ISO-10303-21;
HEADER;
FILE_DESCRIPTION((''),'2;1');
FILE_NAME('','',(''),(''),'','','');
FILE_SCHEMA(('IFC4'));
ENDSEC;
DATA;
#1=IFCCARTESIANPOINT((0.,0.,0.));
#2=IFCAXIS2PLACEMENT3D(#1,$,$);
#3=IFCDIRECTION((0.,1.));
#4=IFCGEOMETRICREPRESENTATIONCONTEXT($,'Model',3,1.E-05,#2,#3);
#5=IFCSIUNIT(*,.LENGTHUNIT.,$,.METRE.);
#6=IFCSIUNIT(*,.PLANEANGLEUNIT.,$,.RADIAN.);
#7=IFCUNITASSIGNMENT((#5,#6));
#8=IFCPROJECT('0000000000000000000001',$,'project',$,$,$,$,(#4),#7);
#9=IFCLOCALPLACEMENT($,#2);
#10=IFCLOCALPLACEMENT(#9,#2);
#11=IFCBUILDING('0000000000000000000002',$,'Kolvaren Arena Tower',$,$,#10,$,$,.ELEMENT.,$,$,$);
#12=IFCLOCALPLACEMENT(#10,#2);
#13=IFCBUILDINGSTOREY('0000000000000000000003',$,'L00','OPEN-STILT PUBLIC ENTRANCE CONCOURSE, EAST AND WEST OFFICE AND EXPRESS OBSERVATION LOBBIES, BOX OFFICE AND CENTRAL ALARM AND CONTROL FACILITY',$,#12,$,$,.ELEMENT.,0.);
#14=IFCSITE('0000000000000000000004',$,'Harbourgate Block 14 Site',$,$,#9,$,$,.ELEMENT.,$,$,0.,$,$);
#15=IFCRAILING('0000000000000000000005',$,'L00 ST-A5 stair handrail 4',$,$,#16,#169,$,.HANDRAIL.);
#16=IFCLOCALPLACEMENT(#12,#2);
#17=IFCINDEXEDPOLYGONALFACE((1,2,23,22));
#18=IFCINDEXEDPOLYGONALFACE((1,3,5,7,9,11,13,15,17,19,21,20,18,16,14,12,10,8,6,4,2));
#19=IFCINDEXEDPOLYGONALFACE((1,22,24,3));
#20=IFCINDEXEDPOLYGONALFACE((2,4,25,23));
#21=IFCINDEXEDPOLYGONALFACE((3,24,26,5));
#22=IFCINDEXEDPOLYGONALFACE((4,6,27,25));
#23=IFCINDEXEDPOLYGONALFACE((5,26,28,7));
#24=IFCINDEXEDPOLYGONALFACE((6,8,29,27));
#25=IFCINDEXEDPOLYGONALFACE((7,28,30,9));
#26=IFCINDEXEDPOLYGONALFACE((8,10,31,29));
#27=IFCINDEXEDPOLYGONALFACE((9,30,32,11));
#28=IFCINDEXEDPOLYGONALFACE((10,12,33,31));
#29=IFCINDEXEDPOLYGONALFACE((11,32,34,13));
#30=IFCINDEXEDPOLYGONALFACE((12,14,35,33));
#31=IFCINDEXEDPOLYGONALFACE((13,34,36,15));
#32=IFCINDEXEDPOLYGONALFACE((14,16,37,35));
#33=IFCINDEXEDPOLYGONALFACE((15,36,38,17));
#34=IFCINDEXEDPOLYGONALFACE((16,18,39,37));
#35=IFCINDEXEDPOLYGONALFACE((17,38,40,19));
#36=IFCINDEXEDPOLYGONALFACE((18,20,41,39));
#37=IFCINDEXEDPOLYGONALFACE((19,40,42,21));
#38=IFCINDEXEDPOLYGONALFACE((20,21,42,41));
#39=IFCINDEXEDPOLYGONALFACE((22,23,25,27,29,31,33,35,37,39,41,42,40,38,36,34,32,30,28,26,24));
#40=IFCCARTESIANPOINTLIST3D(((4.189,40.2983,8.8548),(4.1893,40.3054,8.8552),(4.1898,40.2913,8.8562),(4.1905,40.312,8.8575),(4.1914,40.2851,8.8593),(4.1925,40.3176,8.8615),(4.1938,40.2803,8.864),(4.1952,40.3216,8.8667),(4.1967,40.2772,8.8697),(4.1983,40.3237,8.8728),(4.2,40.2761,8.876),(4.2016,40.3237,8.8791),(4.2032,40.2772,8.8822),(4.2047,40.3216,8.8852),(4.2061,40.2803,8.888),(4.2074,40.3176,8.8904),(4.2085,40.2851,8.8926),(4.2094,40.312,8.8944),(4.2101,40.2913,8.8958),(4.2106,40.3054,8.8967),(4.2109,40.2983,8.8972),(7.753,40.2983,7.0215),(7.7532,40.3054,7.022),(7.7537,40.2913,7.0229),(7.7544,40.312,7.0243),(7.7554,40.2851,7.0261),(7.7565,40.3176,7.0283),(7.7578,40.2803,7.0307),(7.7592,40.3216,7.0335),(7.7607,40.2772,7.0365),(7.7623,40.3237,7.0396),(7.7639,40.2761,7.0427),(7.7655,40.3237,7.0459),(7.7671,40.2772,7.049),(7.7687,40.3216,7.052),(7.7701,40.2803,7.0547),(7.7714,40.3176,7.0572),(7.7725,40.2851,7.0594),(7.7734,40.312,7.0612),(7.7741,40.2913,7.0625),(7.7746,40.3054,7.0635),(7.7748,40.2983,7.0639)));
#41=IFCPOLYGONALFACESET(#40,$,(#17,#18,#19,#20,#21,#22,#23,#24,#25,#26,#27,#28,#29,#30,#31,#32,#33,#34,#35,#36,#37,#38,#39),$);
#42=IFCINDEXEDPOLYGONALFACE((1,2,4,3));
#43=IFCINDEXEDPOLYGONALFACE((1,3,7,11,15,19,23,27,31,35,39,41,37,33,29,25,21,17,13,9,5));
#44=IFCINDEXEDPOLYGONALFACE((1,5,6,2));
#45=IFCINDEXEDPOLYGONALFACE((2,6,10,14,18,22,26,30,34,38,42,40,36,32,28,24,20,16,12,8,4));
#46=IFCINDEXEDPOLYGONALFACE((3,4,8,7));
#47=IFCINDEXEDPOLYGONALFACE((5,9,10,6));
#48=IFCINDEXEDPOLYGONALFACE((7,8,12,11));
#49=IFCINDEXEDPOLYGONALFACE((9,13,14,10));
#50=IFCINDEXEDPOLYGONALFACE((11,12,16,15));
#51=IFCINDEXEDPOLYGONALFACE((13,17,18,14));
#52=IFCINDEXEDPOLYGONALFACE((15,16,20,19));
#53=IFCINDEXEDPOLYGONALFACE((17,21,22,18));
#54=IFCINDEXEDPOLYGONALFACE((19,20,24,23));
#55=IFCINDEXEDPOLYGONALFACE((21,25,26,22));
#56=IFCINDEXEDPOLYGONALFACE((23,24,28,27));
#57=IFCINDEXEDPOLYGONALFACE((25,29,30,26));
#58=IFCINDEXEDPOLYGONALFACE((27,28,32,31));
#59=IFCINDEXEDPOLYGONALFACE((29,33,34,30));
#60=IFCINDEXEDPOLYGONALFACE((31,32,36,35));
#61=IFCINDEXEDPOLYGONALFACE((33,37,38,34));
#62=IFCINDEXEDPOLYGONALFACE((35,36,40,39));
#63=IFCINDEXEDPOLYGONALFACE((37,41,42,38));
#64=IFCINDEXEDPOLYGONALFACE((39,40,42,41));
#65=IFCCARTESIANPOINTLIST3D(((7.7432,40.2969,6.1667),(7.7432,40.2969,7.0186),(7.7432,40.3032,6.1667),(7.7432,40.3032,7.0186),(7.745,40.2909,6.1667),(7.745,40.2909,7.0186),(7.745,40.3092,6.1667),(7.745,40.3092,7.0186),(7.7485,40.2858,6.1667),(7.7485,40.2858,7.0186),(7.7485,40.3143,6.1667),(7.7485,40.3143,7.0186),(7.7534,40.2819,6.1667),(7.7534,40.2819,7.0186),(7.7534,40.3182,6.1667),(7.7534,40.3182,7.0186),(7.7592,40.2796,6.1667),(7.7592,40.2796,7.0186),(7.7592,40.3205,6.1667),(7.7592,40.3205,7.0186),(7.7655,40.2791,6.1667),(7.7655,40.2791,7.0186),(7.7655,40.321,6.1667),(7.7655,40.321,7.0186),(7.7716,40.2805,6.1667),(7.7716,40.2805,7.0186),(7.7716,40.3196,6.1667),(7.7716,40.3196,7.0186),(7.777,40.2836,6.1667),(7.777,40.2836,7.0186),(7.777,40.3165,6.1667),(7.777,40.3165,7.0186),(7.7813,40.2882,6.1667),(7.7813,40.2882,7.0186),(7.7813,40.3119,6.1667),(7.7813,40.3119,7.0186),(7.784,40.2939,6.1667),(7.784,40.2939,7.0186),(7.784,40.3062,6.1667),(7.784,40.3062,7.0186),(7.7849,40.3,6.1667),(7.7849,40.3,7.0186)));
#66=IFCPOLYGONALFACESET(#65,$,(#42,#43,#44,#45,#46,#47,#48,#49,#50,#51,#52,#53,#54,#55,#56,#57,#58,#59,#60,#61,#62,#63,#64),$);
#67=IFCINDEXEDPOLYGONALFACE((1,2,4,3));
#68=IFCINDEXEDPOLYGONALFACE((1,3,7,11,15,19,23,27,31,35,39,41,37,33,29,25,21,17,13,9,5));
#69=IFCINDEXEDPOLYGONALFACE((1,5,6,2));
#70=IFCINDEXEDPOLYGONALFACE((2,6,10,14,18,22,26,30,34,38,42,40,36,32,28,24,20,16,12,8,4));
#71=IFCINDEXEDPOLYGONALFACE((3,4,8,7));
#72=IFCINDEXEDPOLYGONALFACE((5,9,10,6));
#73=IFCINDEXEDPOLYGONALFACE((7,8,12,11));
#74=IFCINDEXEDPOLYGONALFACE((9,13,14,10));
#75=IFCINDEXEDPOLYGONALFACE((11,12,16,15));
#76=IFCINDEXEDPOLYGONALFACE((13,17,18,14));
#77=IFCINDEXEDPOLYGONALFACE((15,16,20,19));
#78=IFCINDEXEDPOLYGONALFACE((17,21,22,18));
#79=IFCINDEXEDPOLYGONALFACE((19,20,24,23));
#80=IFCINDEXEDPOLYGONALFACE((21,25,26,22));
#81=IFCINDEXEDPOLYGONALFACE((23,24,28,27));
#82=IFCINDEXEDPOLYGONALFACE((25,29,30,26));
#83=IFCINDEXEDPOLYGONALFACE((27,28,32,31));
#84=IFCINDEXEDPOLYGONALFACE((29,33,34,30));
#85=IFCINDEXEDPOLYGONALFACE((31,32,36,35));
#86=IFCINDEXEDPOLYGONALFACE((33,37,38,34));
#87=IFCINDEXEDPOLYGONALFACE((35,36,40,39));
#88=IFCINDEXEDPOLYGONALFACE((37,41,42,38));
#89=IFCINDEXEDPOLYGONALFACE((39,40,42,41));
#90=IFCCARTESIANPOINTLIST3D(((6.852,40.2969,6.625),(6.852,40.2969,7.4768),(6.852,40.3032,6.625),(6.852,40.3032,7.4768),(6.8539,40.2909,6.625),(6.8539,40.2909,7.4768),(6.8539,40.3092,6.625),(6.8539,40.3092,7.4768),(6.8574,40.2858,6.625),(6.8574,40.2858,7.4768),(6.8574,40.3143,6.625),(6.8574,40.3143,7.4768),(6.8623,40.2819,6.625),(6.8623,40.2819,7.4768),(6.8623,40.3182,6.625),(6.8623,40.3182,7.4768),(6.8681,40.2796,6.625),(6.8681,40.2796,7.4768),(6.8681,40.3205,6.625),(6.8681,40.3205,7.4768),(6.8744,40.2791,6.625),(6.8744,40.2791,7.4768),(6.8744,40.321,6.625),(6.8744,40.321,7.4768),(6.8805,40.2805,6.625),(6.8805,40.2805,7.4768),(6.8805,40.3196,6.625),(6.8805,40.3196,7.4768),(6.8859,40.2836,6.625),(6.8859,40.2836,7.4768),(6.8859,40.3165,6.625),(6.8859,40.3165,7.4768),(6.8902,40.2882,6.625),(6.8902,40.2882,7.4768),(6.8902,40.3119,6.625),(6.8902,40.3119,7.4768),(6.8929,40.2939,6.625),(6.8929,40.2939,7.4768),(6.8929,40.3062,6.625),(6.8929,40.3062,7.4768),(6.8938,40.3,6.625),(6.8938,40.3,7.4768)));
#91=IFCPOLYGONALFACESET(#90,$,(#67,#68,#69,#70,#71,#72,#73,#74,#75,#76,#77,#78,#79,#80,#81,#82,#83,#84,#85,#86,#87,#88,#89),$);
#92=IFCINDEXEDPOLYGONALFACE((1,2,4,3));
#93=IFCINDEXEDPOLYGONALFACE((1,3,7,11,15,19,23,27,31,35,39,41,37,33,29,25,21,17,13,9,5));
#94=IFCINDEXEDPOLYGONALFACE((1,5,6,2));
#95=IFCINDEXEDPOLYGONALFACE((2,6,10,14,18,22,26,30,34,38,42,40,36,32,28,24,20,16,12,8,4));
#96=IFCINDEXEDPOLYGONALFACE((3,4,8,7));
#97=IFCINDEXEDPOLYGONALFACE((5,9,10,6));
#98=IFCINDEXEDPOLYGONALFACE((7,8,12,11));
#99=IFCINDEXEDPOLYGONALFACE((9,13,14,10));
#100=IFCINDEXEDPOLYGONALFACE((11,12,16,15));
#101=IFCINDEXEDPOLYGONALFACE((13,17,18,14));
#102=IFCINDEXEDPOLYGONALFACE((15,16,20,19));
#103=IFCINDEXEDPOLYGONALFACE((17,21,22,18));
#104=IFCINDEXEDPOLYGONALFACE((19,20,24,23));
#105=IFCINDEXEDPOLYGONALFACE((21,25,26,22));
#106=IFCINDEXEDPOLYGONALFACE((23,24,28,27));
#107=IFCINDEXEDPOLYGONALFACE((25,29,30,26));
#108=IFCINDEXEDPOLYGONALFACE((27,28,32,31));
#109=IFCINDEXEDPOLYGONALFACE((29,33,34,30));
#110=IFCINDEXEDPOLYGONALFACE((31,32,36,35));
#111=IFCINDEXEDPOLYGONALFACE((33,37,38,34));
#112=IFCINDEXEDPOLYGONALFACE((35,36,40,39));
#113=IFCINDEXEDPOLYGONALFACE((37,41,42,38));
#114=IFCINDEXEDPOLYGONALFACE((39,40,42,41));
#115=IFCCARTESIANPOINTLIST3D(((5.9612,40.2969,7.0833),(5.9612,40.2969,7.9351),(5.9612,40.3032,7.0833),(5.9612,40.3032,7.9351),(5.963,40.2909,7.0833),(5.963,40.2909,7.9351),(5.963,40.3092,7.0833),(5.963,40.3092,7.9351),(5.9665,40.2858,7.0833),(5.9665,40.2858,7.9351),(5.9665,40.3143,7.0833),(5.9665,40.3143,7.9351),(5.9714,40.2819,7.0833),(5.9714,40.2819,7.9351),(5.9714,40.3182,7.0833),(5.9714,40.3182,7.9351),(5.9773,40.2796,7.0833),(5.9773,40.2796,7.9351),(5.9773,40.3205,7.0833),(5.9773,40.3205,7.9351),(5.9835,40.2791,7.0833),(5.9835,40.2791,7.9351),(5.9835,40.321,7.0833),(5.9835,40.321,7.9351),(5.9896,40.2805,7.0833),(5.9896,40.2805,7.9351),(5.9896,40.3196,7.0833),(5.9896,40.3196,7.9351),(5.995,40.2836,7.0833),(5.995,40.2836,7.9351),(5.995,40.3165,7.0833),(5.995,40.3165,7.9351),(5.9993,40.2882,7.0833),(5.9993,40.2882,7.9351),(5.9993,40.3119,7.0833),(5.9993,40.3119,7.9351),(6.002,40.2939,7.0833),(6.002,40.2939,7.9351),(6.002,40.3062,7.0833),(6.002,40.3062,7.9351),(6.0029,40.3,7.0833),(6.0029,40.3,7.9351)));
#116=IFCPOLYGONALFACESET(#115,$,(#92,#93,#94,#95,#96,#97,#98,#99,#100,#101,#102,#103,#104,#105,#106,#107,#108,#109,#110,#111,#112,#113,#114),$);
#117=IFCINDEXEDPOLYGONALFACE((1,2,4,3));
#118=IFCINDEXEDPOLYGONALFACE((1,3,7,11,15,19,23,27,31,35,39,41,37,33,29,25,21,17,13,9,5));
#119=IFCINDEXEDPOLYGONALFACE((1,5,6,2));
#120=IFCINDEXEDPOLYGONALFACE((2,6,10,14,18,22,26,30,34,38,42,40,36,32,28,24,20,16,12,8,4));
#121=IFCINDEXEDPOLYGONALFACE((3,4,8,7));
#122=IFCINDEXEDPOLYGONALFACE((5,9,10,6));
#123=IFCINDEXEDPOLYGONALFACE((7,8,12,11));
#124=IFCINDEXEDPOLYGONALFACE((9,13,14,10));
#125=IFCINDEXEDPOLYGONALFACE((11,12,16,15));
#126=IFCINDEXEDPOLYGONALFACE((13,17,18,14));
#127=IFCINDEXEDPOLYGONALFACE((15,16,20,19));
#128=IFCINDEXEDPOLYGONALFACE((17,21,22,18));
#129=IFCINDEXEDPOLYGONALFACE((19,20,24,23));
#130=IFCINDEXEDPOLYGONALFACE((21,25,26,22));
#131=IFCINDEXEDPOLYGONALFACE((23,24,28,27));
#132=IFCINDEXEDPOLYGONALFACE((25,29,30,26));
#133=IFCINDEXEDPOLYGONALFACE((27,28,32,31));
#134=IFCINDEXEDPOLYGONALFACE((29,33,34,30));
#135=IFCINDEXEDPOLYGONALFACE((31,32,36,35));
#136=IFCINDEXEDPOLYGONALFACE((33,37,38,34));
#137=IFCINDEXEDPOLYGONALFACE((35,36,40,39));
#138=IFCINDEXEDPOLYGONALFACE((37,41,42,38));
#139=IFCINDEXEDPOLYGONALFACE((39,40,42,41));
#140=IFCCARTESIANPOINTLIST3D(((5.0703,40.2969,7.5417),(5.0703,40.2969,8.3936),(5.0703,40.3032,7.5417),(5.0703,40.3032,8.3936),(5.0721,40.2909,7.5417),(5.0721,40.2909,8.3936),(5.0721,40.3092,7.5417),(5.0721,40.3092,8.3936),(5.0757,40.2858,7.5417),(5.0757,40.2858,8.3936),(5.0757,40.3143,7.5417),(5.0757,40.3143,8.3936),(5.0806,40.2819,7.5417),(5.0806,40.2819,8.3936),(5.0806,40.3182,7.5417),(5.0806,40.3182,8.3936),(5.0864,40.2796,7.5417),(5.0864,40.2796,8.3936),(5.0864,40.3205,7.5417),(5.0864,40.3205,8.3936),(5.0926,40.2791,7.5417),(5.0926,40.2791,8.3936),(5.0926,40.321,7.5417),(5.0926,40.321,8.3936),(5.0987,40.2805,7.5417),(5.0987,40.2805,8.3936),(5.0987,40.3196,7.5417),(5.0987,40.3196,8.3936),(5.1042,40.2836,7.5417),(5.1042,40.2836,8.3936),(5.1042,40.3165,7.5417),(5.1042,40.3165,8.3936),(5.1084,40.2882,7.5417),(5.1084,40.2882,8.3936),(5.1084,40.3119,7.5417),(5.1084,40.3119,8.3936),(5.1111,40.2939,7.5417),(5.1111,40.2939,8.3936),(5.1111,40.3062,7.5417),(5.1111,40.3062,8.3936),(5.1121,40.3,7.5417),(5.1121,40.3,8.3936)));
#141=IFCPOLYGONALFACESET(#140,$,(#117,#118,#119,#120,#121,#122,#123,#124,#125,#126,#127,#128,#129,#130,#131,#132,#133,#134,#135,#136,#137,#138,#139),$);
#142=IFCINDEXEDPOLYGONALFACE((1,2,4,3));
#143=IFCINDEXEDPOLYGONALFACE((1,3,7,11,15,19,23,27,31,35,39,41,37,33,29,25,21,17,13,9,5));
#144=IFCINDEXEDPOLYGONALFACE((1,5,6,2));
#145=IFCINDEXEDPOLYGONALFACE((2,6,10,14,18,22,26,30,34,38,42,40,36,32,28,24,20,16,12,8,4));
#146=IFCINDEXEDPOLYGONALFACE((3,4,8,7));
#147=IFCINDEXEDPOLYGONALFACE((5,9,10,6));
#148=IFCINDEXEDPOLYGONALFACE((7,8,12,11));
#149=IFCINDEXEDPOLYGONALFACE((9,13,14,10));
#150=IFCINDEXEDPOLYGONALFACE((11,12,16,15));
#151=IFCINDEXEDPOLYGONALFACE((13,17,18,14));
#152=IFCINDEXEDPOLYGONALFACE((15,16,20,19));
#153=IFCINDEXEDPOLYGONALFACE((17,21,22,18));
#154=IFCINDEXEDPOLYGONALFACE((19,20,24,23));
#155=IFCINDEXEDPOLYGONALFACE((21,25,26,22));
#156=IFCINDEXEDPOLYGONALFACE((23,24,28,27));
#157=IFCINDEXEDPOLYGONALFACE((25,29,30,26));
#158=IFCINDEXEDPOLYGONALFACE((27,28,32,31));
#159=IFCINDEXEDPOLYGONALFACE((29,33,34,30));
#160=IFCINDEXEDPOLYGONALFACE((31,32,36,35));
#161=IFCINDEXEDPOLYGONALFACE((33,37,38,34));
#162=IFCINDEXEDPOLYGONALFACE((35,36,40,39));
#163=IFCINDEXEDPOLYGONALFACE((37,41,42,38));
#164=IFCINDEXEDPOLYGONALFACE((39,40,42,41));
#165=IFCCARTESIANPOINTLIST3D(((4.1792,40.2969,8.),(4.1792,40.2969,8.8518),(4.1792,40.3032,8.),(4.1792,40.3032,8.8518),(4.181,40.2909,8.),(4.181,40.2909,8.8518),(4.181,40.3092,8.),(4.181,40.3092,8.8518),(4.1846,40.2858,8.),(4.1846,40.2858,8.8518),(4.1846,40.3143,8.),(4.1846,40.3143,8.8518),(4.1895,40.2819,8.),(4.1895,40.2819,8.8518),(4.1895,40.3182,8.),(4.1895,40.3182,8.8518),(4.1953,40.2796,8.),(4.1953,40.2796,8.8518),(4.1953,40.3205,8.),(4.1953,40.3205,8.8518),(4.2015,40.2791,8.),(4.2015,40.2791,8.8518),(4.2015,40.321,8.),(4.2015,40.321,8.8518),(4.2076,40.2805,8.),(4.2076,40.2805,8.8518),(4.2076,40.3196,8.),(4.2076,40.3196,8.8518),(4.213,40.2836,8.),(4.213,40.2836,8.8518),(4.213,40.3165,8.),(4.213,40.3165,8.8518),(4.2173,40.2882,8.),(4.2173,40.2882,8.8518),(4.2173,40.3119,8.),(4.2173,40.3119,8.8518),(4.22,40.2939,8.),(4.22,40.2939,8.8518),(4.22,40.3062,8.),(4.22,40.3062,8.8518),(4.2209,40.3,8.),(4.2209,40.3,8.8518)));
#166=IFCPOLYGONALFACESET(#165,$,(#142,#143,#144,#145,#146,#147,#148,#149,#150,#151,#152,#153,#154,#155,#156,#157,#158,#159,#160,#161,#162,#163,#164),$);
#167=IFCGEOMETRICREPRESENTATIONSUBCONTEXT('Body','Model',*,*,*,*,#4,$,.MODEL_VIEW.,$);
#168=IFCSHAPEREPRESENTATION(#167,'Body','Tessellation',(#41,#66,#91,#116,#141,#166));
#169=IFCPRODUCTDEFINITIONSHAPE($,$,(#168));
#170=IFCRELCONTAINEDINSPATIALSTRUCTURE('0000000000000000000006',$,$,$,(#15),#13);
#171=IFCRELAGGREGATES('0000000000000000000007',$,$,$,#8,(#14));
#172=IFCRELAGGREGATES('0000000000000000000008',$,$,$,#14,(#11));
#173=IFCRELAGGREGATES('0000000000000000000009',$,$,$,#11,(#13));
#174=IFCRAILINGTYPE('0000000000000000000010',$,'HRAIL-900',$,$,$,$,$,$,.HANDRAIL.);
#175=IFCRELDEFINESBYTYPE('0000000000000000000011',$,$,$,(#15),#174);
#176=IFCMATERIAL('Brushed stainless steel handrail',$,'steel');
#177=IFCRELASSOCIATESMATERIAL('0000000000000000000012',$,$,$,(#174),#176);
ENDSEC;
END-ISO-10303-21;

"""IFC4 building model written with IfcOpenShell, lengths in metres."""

from ifc_helpers import new_model, si_unit, direction, frame, origin, origin_2d, place, context, subcontext, project, spatial, circle, extrude, material, type_object, element, save


model = new_model("IFC4")

# Units and contexts
model_context = context("Model", 3, precision=1e-05, world=origin(), true_north=direction((0.0, 1.0)))
body_context = subcontext(model_context, "Body", "Model", "MODEL_VIEW")
ifc_project = project(units=[si_unit("LENGTHUNIT", "METRE"), si_unit("PLANEANGLEUNIT", "RADIAN")], contexts=[model_context])

# Site, building, storey
site_placement = place(None, origin())
site = spatial("IfcSite", under=ifc_project, at=site_placement, Name="Harbourgate Block 14 Site", CompositionType="ELEMENT", RefElevation=0.0)
building_placement = place(site_placement, origin())
building = spatial("IfcBuilding", under=site, at=building_placement, Name="Kolvaren Arena Tower", CompositionType="ELEMENT")
storey_placement = place(building_placement, origin())
storey = spatial("IfcBuildingStorey", under=building, at=storey_placement, Name="L00", Description="OPEN-STILT PUBLIC ENTRANCE CONCOURSE, EAST AND WEST OFFICE AND EXPRESS OBSERVATION LOBBIES, BOX OFFICE AND CENTRAL ALARM AND CONTROL FACILITY", CompositionType="ELEMENT", Elevation=0.0)

# Railing
ifc_material_1 = material(Name="Brushed stainless steel handrail", Category="steel")
railing_type = type_object("IfcRailingType", Name="HRAIL-900", PredefinedType="HANDRAIL", material=ifc_material_1)
for number, where, name in (
    (1, (7.7639, 40.3, 6.1667), "L00 ST-A5 stair handrail 4"),
):
    element("IfcRailing", number, at=place(storey_placement, frame(where)), inside=storey, type_object=railing_type, Name=name, PredefinedType="HANDRAIL", context=body_context, shape_type="SweptSolid", body=[
        extrude(circle(Radius=0.0239, at=origin_2d()), frame((0.0, 0.0, 0.876), z_axis=(-0.889252, 0.0, 0.457418), x_axis=(0.0, -1.0, 0.0)), (0.0, 0.0, 1.0), 4.0078),
        extrude(circle(Radius=0.021, at=origin_2d()), origin(), (0.0, 0.0, 1.0), 0.8518),
        extrude(circle(Radius=0.021, at=origin_2d()), frame((-0.8911, 0.0, 0.4583)), (0.0, 0.0, 1.0), 0.8518),
        extrude(circle(Radius=0.021, at=origin_2d()), frame((-1.782, 0.0, 0.9165)), (0.0, 0.0, 1.0), 0.8518),
        extrude(circle(Radius=0.021, at=origin_2d()), frame((-2.6729, 0.0, 1.375)), (0.0, 0.0, 1.0), 0.8518),
        extrude(circle(Radius=0.021, at=origin_2d()), frame((-3.564, 0.0, 1.8333)), (0.0, 0.0, 1.0), 0.8518),
    ])

save(model, "model.ifc")
